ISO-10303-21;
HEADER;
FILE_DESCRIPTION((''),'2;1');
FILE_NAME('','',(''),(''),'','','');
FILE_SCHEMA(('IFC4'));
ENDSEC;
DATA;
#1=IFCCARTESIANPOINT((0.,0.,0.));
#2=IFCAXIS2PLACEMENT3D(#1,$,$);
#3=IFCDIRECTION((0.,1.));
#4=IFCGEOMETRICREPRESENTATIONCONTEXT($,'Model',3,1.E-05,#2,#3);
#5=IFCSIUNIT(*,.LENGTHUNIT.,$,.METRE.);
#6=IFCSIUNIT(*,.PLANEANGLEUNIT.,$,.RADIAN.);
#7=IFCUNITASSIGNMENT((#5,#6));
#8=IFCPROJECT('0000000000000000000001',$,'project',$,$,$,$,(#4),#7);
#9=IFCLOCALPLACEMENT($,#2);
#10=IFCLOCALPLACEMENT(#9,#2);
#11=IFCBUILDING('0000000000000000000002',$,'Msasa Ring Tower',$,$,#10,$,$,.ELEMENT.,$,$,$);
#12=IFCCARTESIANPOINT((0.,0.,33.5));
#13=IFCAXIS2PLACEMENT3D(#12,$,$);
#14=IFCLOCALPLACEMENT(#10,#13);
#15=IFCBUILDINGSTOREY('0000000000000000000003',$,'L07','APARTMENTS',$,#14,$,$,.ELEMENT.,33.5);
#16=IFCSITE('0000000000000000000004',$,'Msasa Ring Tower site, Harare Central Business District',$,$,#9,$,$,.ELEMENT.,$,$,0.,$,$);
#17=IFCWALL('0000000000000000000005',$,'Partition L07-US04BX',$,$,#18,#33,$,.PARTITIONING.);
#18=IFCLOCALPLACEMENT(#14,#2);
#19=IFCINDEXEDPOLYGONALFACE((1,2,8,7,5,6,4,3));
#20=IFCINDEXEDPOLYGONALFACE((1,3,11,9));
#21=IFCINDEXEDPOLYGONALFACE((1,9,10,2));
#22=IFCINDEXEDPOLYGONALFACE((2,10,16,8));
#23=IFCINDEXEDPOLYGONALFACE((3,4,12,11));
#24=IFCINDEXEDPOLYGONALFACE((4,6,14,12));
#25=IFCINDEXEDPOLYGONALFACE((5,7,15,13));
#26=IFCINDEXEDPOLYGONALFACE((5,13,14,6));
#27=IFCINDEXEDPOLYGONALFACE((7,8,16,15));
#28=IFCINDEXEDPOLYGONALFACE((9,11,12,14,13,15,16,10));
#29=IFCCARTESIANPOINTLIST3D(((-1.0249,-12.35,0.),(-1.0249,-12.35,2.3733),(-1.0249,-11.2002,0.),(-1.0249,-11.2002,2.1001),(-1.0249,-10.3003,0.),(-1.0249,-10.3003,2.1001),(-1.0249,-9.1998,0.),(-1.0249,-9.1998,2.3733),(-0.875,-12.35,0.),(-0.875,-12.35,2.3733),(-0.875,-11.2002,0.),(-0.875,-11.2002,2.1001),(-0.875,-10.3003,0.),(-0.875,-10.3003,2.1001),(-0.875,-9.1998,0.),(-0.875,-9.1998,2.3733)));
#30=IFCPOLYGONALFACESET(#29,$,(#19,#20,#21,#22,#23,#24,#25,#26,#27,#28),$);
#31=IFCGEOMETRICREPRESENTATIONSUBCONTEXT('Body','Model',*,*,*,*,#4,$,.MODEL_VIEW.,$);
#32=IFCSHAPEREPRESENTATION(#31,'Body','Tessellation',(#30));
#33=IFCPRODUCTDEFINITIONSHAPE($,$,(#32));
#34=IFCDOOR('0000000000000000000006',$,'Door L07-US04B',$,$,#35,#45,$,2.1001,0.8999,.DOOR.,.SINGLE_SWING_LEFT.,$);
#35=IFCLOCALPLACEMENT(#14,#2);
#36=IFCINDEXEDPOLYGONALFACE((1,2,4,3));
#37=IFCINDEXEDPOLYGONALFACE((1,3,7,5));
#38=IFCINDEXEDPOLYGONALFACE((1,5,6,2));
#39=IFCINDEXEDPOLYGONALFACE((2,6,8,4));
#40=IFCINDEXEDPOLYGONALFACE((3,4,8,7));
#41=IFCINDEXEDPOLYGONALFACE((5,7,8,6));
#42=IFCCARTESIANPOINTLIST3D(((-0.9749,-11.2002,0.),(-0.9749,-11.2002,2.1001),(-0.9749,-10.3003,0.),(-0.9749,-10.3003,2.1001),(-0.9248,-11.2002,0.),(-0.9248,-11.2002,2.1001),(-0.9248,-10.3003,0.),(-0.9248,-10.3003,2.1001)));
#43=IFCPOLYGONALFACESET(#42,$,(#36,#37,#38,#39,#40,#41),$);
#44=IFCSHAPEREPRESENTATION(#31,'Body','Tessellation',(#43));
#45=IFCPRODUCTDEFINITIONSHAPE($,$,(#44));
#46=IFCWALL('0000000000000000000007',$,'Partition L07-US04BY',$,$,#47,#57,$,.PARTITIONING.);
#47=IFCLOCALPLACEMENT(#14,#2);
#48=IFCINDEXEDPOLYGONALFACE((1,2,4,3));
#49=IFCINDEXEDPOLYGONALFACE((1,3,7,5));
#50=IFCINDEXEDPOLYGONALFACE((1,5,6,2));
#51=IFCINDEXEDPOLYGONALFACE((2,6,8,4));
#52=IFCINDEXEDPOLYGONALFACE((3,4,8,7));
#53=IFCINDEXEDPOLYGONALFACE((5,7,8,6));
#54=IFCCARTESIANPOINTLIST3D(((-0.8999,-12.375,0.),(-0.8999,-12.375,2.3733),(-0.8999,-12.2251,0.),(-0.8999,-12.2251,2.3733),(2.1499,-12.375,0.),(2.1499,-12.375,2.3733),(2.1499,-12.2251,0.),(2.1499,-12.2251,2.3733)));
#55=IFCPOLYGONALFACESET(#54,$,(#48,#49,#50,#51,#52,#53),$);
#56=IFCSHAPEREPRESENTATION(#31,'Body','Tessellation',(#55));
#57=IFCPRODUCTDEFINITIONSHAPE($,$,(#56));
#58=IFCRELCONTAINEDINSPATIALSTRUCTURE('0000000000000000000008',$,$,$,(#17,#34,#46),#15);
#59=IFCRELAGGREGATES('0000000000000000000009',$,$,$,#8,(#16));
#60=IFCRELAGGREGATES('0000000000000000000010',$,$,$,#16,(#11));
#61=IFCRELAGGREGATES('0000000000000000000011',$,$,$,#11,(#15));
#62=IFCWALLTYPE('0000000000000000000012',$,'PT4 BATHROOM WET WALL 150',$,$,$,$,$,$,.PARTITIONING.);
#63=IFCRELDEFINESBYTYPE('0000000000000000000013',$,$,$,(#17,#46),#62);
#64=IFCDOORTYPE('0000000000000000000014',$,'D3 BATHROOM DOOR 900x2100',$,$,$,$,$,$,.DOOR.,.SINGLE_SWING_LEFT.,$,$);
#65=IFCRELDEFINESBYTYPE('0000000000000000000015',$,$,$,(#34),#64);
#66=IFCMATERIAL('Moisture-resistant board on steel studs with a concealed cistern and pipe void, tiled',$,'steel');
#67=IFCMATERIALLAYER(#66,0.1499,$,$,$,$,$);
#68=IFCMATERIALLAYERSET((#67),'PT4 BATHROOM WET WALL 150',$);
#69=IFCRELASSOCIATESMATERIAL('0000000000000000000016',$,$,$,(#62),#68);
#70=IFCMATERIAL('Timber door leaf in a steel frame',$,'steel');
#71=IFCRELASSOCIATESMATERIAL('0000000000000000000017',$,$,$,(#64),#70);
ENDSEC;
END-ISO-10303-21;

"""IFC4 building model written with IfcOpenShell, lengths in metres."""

from ifc_helpers import new_model, si_unit, direction, frame, frame_2d, origin, place, context, subcontext, project, spatial, rectangle, extrude, material, layer, layer_set, type_object, element, fill, save


model = new_model("IFC4")

# Units and contexts
model_context = context("Model", 3, precision=1e-05, world=origin(), true_north=direction((0.0, 1.0)))
body_context = subcontext(model_context, "Body", "Model", "MODEL_VIEW")
ifc_project = project(units=[si_unit("LENGTHUNIT", "METRE"), si_unit("PLANEANGLEUNIT", "RADIAN")], contexts=[model_context])

# Site, building, storey
site_placement = place(None, origin())
site = spatial("IfcSite", under=ifc_project, at=site_placement, Name="Msasa Ring Tower site, Harare Central Business District", CompositionType="ELEMENT", RefElevation=0.0)
building_placement = place(site_placement, origin())
building = spatial("IfcBuilding", under=site, at=building_placement, Name="Msasa Ring Tower", CompositionType="ELEMENT")
storey_placement = place(building_placement, frame((0.0, 0.0, 33.5)))
storey = spatial("IfcBuildingStorey", under=building, at=storey_placement, Name="L07", Description="APARTMENTS", CompositionType="ELEMENT", Elevation=33.5)

# Shared definitions
ifc_material_1 = material(Name="Moisture-resistant board on steel studs with a concealed cistern and pipe void, tiled", Category="steel")
ifc_layer_1 = layer(ifc_material_1, 0.1499)
ifc_layer_set_1 = layer_set([ifc_layer_1], Name="PT4 BATHROOM WET WALL 150")
wall_type_1 = type_object("IfcWallType", Name="PT4 BATHROOM WET WALL 150", PredefinedType="PARTITIONING", material=ifc_layer_set_1)
ifc_material_2 = material(Name="Timber door leaf in a steel frame", Category="steel")
door_type_1 = type_object("IfcDoorType", Name="D3 BATHROOM DOOR 900x2100", OperationType="SINGLE_SWING_LEFT", PredefinedType="DOOR", material=ifc_material_2)

# Wall, opening, door
wall_1_placement = place(storey_placement, frame((-0.95, -12.3501, 0.0), z_axis=(0.0, 0.0, 1.0), x_axis=(0.0, 1.0, 0.0)))
wall_1 = element("IfcWall", 1, at=wall_1_placement, inside=storey, type_object=wall_type_1, Name="Partition L07-US04BX", PredefinedType="PARTITIONING", context=body_context, shape_type="SweptSolid", body=[
    extrude(rectangle(XDim=3.1501, YDim=0.1499, at=frame_2d((1.5752, 0.0))), origin(), (0.0, 0.0, 1.0), 2.3733),
])
opening_1_placement = place(wall_1_placement, frame((1.1499, 0.0, 0.0)))
opening_1 = element("IfcOpeningElement", 2, at=opening_1_placement, cuts=wall_1, PredefinedType="OPENING", context=body_context, shape_type="SweptSolid", body=[
    extrude(rectangle(XDim=0.8999, YDim=2.1001, at=frame_2d((0.45, 1.05))), frame((0.0, 0.085, 0.0), z_axis=(0.0, -1.0, 0.0), x_axis=(1.0, 0.0, 0.0)), (0.0, 0.0, 1.0), 0.1699),
])
door_1_placement = place(opening_1_placement, origin())
door_1 = element("IfcDoor", 3, at=door_1_placement, inside=storey, type_object=door_type_1, Name="Door L07-US04B", OperationType="SINGLE_SWING_LEFT", OverallHeight=2.1001, OverallWidth=0.8999, PredefinedType="DOOR", context=body_context, shape_type="SweptSolid", body=[
    extrude(rectangle(XDim=0.8999, YDim=2.1001, at=frame_2d((0.45, 1.05))), frame((0.0, 0.0249, 0.0), z_axis=(0.0, -1.0, 0.0), x_axis=(1.0, 0.0, 0.0)), (0.0, 0.0, 1.0), 0.05),
])
fill(opening_1, door_1)

# Wall
wall_2_placement = place(storey_placement, frame((-0.8999, -12.3, 0.0), z_axis=(0.0, 0.0, 1.0), x_axis=(1.0, 0.0, 0.0)))
element("IfcWall", 4, at=wall_2_placement, inside=storey, type_object=wall_type_1, Name="Partition L07-US04BY", PredefinedType="PARTITIONING", context=body_context, shape_type="SweptSolid", body=[
    extrude(rectangle(XDim=3.0498, YDim=0.1499, at=frame_2d((1.5249, 0.0))), origin(), (0.0, 0.0, 1.0), 2.3733),
])

save(model, "model.ifc")
